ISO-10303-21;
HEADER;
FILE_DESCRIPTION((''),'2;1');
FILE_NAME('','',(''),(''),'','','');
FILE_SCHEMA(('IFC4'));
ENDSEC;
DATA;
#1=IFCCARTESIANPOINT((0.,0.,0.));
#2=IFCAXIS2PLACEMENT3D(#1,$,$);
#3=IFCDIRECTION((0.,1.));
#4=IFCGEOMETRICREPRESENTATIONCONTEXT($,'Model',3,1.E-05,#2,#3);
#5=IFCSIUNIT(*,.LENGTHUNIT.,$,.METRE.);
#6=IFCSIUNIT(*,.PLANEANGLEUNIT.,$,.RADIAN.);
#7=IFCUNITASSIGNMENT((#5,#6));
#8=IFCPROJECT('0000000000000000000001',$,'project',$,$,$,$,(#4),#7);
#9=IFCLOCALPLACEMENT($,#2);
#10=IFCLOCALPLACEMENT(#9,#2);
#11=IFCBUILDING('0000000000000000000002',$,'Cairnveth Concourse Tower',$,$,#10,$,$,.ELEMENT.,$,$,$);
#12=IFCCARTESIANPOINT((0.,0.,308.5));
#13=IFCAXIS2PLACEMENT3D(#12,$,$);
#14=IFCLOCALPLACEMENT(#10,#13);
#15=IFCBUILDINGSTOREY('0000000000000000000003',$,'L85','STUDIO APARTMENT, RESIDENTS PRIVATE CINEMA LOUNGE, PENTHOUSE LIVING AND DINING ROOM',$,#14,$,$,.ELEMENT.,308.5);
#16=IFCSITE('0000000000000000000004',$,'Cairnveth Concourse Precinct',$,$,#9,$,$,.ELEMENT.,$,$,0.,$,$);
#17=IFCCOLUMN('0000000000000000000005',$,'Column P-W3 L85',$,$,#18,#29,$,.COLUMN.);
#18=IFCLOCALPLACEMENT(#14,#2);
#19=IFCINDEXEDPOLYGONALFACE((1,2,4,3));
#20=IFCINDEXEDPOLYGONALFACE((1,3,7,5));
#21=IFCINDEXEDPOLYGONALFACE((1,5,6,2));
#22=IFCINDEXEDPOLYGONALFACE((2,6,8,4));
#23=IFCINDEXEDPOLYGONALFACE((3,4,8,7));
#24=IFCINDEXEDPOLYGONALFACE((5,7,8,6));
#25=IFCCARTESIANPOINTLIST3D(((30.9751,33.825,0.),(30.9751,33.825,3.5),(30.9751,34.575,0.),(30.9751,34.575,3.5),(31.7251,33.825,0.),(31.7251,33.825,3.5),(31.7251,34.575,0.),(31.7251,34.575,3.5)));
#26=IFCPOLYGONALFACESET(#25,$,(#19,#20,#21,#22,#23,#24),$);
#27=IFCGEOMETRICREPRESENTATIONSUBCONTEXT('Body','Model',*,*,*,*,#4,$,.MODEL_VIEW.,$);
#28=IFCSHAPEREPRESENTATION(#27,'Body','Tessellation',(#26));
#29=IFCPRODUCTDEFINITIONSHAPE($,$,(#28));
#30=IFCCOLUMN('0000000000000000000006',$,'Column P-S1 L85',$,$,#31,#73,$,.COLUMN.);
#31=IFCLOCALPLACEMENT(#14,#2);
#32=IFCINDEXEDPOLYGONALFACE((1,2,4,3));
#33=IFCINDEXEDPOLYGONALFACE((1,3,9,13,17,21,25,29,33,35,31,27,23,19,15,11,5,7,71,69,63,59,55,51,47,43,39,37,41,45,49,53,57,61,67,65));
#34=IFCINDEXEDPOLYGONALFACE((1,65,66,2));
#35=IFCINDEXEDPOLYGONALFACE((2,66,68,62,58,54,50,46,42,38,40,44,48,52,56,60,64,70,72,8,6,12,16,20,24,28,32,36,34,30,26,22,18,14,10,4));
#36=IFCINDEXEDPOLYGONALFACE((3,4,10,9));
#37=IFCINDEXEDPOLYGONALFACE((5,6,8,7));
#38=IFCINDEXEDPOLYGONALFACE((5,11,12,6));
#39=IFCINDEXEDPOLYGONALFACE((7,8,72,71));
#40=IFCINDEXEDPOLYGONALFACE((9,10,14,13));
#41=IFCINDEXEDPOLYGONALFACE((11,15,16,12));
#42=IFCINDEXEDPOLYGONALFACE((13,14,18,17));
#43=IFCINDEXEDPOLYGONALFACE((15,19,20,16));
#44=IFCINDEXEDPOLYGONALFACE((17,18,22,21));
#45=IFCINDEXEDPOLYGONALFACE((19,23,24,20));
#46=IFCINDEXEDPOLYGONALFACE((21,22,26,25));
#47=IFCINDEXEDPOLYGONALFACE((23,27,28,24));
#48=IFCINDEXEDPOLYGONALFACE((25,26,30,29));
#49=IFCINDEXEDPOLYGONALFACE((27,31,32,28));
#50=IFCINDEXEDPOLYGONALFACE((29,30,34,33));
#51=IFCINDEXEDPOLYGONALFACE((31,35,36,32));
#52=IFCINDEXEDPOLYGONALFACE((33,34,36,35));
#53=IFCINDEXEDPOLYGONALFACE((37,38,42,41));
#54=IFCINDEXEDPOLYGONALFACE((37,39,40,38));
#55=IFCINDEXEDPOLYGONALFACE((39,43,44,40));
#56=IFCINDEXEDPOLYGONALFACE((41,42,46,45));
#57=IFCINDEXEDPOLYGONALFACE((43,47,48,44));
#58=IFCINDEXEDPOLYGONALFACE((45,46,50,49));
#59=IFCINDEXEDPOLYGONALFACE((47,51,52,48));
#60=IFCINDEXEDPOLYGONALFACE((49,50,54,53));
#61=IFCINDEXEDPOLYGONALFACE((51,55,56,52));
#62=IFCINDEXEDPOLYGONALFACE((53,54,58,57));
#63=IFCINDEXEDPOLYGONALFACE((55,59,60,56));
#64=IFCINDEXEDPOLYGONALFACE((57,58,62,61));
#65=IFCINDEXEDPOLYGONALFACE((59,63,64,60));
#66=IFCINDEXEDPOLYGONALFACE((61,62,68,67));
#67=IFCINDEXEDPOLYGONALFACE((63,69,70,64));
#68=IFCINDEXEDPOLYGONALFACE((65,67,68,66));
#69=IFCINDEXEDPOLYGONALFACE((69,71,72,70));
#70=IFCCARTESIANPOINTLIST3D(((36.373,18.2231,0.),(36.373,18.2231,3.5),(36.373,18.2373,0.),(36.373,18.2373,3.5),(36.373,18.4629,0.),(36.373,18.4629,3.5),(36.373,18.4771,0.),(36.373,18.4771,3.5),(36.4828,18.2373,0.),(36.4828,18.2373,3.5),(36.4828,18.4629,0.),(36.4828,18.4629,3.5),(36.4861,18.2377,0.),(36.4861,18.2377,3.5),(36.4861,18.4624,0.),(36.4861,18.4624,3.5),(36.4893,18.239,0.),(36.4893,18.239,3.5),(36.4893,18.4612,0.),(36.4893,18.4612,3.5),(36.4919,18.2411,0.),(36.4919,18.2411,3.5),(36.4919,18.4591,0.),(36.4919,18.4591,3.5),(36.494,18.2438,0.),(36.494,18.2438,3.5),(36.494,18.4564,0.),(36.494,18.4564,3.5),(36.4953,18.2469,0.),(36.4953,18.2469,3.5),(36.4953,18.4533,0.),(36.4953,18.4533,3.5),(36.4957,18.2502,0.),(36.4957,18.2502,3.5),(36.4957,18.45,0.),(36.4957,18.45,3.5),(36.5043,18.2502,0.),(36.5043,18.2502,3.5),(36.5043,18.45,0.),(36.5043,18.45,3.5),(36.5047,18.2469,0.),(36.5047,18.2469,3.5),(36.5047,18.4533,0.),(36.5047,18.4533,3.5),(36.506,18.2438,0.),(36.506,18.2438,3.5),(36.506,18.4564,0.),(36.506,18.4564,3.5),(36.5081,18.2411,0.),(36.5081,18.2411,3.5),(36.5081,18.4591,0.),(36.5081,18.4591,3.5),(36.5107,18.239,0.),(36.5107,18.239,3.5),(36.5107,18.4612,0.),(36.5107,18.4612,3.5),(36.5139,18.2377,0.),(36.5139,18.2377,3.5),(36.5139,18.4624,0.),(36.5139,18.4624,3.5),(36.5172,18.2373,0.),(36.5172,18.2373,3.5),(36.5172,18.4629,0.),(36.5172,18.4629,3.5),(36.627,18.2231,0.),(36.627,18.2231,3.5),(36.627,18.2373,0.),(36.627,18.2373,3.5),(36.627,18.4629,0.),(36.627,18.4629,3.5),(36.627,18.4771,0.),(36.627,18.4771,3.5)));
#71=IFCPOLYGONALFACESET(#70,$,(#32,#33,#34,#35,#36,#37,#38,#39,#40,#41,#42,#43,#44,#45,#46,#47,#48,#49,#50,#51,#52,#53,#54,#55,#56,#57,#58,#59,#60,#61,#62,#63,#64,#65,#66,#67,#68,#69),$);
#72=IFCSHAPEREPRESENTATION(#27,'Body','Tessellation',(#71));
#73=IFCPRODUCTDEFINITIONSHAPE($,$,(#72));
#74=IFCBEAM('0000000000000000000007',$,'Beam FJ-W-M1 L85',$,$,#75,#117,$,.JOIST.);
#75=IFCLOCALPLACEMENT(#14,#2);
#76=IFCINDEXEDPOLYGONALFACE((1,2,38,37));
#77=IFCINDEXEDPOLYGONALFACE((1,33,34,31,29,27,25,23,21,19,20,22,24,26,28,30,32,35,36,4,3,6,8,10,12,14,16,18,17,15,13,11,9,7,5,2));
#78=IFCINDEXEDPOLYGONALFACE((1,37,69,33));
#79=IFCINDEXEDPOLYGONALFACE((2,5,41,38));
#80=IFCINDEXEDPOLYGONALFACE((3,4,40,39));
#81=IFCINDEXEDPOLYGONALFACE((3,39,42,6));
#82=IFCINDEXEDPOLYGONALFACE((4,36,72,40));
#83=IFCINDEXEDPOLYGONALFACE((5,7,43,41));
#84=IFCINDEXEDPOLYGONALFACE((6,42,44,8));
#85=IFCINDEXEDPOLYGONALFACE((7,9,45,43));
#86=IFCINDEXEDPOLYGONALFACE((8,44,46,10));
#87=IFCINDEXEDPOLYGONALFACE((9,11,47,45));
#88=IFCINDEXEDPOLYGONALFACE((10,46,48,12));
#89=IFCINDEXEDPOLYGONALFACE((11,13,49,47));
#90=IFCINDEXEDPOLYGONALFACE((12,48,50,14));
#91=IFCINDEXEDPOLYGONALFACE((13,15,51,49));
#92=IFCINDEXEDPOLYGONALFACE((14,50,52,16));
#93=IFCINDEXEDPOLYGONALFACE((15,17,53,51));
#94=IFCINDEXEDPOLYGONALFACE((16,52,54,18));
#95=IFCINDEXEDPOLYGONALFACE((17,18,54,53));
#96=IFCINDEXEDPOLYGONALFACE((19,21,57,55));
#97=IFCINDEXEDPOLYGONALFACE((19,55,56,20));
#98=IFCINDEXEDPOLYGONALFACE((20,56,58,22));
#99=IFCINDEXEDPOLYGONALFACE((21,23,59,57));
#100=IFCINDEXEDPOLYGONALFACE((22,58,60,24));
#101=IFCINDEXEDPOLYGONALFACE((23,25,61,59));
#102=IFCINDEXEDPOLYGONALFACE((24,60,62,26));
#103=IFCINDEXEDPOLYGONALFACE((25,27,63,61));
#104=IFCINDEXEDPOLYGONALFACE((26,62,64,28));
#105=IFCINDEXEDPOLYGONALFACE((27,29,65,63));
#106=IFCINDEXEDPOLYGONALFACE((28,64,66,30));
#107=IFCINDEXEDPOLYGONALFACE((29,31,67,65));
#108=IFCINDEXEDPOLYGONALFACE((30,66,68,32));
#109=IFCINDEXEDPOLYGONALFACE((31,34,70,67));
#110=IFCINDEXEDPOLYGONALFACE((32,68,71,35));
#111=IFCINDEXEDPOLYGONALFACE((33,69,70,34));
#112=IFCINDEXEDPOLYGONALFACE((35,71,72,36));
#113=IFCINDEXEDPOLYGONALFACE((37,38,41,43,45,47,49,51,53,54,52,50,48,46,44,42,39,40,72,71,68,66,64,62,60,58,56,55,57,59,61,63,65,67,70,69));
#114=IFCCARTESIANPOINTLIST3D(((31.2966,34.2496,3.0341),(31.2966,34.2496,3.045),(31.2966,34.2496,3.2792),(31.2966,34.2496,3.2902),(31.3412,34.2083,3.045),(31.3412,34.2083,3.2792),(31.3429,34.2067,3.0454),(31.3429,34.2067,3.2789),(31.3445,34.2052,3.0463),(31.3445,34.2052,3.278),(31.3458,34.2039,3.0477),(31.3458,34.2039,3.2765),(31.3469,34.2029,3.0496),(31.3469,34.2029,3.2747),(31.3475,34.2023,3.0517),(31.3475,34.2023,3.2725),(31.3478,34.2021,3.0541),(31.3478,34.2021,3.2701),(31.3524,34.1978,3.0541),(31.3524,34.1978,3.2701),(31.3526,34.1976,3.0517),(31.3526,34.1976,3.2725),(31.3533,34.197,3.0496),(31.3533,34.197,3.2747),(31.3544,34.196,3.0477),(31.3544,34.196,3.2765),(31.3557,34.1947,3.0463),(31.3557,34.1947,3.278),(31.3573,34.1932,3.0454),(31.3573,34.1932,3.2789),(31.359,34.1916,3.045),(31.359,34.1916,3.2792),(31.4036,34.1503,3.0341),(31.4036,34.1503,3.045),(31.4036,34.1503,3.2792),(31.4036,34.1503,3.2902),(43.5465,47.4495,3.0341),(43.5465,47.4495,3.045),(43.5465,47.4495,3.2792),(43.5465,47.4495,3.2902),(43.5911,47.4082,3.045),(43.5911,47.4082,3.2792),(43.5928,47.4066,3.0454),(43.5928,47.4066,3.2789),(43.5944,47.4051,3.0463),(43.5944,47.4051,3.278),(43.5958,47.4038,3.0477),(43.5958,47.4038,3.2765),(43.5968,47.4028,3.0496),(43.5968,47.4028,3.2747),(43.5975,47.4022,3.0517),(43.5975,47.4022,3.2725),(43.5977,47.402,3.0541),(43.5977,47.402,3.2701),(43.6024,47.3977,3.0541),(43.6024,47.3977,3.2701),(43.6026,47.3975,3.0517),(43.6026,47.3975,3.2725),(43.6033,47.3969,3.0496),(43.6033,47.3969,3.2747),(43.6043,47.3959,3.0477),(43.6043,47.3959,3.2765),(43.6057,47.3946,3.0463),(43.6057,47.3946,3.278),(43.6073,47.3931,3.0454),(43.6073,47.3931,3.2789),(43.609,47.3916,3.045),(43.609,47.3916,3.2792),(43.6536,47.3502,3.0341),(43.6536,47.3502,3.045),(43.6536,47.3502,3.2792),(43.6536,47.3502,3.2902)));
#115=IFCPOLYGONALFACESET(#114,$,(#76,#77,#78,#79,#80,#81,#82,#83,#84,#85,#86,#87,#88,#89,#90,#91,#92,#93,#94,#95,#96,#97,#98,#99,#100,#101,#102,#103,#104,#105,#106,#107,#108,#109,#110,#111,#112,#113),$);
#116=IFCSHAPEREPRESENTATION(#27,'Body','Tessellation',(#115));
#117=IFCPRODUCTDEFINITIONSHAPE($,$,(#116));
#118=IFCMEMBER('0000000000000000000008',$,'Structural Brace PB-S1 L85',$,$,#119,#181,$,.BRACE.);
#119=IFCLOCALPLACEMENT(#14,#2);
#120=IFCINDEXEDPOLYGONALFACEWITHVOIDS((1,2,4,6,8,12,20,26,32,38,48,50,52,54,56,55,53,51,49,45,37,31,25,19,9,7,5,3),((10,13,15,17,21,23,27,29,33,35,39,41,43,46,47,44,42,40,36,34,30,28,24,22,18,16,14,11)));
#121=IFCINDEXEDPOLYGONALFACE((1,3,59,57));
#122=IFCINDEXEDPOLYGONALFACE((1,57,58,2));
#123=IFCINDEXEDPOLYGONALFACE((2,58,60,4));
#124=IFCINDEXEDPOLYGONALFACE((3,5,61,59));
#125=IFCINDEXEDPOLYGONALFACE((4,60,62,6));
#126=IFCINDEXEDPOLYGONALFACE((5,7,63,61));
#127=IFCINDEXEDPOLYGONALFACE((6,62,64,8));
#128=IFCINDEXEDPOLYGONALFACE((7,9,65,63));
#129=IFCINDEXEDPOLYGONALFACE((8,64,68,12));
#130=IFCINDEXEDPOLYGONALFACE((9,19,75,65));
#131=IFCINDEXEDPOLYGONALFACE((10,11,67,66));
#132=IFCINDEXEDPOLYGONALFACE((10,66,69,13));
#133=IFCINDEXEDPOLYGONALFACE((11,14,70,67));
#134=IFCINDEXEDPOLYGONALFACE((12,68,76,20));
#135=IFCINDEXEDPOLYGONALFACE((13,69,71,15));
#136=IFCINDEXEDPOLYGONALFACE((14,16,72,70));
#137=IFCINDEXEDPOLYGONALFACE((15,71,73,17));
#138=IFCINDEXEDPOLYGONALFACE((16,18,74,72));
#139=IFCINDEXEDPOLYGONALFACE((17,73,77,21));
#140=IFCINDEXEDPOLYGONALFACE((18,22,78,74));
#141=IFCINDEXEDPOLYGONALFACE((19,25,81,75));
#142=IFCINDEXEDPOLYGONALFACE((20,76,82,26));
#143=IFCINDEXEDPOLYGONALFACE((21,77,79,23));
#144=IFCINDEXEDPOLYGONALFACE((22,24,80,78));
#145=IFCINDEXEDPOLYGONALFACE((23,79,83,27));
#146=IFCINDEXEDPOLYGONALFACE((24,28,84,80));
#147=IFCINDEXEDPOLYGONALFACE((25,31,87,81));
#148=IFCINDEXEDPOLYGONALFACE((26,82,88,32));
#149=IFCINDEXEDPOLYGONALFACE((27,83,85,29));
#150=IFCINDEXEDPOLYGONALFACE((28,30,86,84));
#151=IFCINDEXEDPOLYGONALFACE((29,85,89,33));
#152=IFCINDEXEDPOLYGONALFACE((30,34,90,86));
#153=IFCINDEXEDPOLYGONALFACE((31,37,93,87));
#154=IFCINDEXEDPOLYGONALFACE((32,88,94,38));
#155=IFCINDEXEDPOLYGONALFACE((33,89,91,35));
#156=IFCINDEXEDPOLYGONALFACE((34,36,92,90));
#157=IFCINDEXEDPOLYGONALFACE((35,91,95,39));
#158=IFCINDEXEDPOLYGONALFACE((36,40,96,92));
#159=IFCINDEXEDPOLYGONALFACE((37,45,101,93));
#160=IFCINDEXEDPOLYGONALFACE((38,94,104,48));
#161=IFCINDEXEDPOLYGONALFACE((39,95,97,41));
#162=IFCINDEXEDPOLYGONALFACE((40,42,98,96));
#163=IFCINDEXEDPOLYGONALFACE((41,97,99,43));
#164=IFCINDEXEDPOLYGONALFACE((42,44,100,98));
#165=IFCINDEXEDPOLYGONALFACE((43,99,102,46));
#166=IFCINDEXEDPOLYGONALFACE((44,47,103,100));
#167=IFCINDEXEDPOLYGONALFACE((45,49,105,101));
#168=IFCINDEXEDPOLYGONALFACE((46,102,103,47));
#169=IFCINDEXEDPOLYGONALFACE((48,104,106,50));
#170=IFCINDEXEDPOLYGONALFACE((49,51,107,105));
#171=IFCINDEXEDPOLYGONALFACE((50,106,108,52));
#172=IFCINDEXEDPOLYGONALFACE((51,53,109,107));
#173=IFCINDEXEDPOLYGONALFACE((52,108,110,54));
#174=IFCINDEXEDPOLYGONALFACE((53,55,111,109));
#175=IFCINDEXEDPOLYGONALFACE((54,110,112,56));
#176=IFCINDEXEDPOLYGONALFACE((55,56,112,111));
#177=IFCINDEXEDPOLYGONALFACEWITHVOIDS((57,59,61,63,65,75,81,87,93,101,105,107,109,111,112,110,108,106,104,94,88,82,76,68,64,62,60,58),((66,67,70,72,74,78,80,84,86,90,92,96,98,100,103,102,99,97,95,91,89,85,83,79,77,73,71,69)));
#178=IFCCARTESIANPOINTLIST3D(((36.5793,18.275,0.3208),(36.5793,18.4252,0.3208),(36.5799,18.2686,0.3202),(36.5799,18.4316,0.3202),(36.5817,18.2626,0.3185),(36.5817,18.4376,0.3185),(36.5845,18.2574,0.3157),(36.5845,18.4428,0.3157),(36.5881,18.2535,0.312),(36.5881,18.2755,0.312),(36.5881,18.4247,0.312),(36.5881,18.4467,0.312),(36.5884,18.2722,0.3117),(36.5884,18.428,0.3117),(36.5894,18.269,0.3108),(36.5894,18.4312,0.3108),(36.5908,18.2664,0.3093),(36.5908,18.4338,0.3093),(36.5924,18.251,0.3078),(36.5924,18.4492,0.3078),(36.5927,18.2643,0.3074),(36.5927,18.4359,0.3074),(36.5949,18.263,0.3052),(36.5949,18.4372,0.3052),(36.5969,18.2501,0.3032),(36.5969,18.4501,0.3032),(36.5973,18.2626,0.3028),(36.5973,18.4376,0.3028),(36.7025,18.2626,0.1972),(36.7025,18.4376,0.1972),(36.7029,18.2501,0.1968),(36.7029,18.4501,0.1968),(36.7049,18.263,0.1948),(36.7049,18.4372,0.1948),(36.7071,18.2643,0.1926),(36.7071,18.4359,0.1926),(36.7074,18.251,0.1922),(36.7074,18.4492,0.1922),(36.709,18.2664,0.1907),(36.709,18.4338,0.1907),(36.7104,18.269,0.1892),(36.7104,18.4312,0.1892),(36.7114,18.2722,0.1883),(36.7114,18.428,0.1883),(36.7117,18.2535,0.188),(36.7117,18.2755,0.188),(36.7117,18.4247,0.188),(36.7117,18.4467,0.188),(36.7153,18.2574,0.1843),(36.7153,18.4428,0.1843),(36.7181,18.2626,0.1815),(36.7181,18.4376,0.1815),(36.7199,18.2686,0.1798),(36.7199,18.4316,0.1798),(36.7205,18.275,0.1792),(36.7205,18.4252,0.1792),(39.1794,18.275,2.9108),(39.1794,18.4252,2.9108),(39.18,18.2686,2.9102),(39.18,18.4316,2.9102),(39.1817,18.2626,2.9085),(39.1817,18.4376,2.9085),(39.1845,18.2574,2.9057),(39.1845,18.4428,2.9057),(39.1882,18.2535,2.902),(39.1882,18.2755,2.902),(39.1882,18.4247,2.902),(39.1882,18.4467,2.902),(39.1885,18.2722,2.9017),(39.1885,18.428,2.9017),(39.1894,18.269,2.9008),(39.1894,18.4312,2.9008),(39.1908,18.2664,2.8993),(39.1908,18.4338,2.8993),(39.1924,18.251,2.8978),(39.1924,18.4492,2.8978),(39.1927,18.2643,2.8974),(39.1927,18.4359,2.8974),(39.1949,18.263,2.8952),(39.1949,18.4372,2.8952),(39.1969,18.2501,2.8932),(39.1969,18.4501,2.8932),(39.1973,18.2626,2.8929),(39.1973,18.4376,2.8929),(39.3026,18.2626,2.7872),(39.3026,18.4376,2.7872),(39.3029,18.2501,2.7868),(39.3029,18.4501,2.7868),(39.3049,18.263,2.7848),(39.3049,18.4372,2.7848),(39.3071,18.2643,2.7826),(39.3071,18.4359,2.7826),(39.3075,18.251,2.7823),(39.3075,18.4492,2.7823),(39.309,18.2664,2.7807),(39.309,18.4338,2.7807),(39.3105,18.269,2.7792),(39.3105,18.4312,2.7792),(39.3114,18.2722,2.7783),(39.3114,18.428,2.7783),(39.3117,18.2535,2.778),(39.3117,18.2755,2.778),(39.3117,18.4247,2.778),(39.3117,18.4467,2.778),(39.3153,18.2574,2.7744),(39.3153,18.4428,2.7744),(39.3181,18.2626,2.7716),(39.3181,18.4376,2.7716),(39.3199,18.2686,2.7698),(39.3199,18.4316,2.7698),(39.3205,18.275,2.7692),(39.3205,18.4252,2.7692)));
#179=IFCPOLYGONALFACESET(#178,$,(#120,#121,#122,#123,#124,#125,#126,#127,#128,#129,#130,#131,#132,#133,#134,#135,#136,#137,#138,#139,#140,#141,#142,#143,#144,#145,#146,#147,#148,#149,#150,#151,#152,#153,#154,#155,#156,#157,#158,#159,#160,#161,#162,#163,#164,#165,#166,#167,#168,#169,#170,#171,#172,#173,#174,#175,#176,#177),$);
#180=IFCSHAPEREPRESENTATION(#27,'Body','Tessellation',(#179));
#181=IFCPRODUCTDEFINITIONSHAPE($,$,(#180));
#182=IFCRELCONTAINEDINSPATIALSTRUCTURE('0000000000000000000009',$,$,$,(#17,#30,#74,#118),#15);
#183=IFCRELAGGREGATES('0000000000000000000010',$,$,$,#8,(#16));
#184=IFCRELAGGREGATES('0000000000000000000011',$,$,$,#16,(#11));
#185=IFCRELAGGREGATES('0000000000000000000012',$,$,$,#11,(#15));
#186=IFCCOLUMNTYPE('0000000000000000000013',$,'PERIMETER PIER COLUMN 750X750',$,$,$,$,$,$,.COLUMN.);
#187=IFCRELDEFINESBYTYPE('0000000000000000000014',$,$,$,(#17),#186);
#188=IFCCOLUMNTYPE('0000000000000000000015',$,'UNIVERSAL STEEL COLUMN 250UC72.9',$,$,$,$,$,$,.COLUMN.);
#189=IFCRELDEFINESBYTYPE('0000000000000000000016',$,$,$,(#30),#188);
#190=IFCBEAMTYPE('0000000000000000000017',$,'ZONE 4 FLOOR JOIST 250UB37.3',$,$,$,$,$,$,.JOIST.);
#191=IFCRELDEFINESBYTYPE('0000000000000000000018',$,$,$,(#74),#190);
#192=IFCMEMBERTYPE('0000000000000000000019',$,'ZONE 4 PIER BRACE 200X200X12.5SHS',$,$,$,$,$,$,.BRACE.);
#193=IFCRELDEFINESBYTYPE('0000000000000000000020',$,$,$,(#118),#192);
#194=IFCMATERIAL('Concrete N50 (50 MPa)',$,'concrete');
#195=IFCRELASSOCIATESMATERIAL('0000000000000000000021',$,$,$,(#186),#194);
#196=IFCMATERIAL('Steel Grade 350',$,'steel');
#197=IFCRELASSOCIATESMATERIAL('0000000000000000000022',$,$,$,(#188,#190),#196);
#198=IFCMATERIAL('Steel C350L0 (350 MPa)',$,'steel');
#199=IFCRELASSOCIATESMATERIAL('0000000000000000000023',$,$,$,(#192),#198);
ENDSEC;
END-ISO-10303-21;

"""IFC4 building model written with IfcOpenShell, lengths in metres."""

from ifc_helpers import new_model, si_unit, direction, frame, origin, origin_2d, place, context, subcontext, project, spatial, rectangle, hollow_rectangle, i_section, extrude, material, material_profile, profile_set, type_object, element, save


model = new_model("IFC4")

# Units and contexts
model_context = context("Model", 3, precision=1e-05, world=origin(), true_north=direction((0.0, 1.0)))
body_context = subcontext(model_context, "Body", "Model", "MODEL_VIEW")
ifc_project = project(units=[si_unit("LENGTHUNIT", "METRE"), si_unit("PLANEANGLEUNIT", "RADIAN")], contexts=[model_context])

# Site, building, storey
site_placement = place(None, origin())
site = spatial("IfcSite", under=ifc_project, at=site_placement, Name="Cairnveth Concourse Precinct", CompositionType="ELEMENT", RefElevation=0.0)
building_placement = place(site_placement, origin())
building = spatial("IfcBuilding", under=site, at=building_placement, Name="Cairnveth Concourse Tower", CompositionType="ELEMENT")
storey_placement = place(building_placement, frame((0.0, 0.0, 308.5)))
storey = spatial("IfcBuildingStorey", under=building, at=storey_placement, Name="L85", Description="STUDIO APARTMENT, RESIDENTS PRIVATE CINEMA LOUNGE, PENTHOUSE LIVING AND DINING ROOM", CompositionType="ELEMENT", Elevation=308.5)

# Columns
ifc_material_1 = material(Name="Concrete N50 (50 MPa)", Category="concrete")
ifc_material_profile_1 = material_profile(ifc_material_1, rectangle(XDim=0.75, YDim=0.75, at=origin_2d()), Name="RC-COL-750x750")
ifc_profile_set_1 = profile_set([ifc_material_profile_1], Name="Concrete N50 (50 MPa)")
column_type_1 = type_object("IfcColumnType", Name="PERIMETER PIER COLUMN 750X750", PredefinedType="COLUMN", material=ifc_profile_set_1)
column_1_placement = place(storey_placement, frame((31.3501, 34.2, 0.0), z_axis=(0.0, 0.0, 1.0), x_axis=(0.0, 1.0, 0.0)))
element("IfcColumn", 1, at=column_1_placement, inside=storey, type_object=column_type_1, Name="Column P-W3 L85", PredefinedType="COLUMN", context=body_context, shape_type="SweptSolid", body=[
    extrude(rectangle(XDim=0.75, YDim=0.75, at=origin_2d()), origin(), (0.0, 0.0, 1.0), 3.5),
])
ifc_material_2 = material(Name="Steel Grade 350", Category="steel")
ifc_material_profile_2 = material_profile(ifc_material_2, i_section(OverallWidth=0.2539, OverallDepth=0.2539, WebThickness=0.0085, FlangeThickness=0.0142, FilletRadius=0.0129, at=origin_2d()), Name="250UC72.9")
ifc_profile_set_2 = profile_set([ifc_material_profile_2], Name="Steel Grade 350")
column_type_2 = type_object("IfcColumnType", Name="UNIVERSAL STEEL COLUMN 250UC72.9", PredefinedType="COLUMN", material=ifc_profile_set_2)
column_2_placement = place(storey_placement, frame((36.5, 18.3501, 0.0), z_axis=(0.0, 0.0, 1.0), x_axis=(1.0, 0.0, 0.0)))
element("IfcColumn", 2, at=column_2_placement, inside=storey, type_object=column_type_2, Name="Column P-S1 L85", PredefinedType="COLUMN", context=body_context, shape_type="SweptSolid", body=[
    extrude(i_section(OverallWidth=0.2539, OverallDepth=0.2539, WebThickness=0.0085, FlangeThickness=0.0142, FilletRadius=0.0129, at=origin_2d()), origin(), (0.0, 0.0, 1.0), 3.5),
])

# Beam
ifc_material_profile_3 = material_profile(ifc_material_2, i_section(OverallWidth=0.146, OverallDepth=0.2561, WebThickness=0.0063, FlangeThickness=0.011, FilletRadius=0.009, at=origin_2d()), Name="250UB37.3")
ifc_profile_set_3 = profile_set([ifc_material_profile_3], Name="Steel Grade 350")
beam_type_1 = type_object("IfcBeamType", Name="ZONE 4 FLOOR JOIST 250UB37.3", PredefinedType="JOIST", material=ifc_profile_set_3)
beam_1_placement = place(storey_placement, frame((31.3501, 34.2, 3.1621), z_axis=(0.680239, 0.73299, 0.0), x_axis=(-0.73299, 0.680239, 0.0)))
element("IfcBeam", 3, at=beam_1_placement, inside=storey, type_object=beam_type_1, Name="Beam FJ-W-M1 L85", PredefinedType="JOIST", context=body_context, shape_type="SweptSolid", body=[
    extrude(i_section(OverallWidth=0.146, OverallDepth=0.2561, WebThickness=0.0063, FlangeThickness=0.011, FilletRadius=0.009, at=origin_2d()), origin(), (0.0, 0.0, 1.0), 18.0083),
])

# Member
ifc_material_3 = material(Name="Steel C350L0 (350 MPa)", Category="steel")
ifc_material_profile_4 = material_profile(ifc_material_3, hollow_rectangle(XDim=0.2, YDim=0.2, WallThickness=0.0125, InnerFilletRadius=0.0129, OuterFilletRadius=0.0249, at=origin_2d()), Name="200x200x12.5SHS")
ifc_profile_set_4 = profile_set([ifc_material_profile_4], Name="Steel C350L0 (350 MPa)")
member_type = type_object("IfcMemberType", Name="ZONE 4 PIER BRACE 200X200X12.5SHS", PredefinedType="BRACE", material=ifc_profile_set_4)
member_placement = place(storey_placement, frame((36.6499, 18.3501, 0.25), z_axis=(0.708469, 0.0, 0.705742), x_axis=(0.0, 1.0, 0.0)))
element("IfcMember", 4, at=member_placement, inside=storey, type_object=member_type, Name="Structural Brace PB-S1 L85", PredefinedType="BRACE", context=body_context, shape_type="SweptSolid", body=[
    extrude(hollow_rectangle(XDim=0.2, YDim=0.2, WallThickness=0.0125, InnerFilletRadius=0.0129, OuterFilletRadius=0.0249, at=origin_2d()), origin(), (0.0, 0.0, 1.0), 3.6699),
])

save(model, "model.ifc")
